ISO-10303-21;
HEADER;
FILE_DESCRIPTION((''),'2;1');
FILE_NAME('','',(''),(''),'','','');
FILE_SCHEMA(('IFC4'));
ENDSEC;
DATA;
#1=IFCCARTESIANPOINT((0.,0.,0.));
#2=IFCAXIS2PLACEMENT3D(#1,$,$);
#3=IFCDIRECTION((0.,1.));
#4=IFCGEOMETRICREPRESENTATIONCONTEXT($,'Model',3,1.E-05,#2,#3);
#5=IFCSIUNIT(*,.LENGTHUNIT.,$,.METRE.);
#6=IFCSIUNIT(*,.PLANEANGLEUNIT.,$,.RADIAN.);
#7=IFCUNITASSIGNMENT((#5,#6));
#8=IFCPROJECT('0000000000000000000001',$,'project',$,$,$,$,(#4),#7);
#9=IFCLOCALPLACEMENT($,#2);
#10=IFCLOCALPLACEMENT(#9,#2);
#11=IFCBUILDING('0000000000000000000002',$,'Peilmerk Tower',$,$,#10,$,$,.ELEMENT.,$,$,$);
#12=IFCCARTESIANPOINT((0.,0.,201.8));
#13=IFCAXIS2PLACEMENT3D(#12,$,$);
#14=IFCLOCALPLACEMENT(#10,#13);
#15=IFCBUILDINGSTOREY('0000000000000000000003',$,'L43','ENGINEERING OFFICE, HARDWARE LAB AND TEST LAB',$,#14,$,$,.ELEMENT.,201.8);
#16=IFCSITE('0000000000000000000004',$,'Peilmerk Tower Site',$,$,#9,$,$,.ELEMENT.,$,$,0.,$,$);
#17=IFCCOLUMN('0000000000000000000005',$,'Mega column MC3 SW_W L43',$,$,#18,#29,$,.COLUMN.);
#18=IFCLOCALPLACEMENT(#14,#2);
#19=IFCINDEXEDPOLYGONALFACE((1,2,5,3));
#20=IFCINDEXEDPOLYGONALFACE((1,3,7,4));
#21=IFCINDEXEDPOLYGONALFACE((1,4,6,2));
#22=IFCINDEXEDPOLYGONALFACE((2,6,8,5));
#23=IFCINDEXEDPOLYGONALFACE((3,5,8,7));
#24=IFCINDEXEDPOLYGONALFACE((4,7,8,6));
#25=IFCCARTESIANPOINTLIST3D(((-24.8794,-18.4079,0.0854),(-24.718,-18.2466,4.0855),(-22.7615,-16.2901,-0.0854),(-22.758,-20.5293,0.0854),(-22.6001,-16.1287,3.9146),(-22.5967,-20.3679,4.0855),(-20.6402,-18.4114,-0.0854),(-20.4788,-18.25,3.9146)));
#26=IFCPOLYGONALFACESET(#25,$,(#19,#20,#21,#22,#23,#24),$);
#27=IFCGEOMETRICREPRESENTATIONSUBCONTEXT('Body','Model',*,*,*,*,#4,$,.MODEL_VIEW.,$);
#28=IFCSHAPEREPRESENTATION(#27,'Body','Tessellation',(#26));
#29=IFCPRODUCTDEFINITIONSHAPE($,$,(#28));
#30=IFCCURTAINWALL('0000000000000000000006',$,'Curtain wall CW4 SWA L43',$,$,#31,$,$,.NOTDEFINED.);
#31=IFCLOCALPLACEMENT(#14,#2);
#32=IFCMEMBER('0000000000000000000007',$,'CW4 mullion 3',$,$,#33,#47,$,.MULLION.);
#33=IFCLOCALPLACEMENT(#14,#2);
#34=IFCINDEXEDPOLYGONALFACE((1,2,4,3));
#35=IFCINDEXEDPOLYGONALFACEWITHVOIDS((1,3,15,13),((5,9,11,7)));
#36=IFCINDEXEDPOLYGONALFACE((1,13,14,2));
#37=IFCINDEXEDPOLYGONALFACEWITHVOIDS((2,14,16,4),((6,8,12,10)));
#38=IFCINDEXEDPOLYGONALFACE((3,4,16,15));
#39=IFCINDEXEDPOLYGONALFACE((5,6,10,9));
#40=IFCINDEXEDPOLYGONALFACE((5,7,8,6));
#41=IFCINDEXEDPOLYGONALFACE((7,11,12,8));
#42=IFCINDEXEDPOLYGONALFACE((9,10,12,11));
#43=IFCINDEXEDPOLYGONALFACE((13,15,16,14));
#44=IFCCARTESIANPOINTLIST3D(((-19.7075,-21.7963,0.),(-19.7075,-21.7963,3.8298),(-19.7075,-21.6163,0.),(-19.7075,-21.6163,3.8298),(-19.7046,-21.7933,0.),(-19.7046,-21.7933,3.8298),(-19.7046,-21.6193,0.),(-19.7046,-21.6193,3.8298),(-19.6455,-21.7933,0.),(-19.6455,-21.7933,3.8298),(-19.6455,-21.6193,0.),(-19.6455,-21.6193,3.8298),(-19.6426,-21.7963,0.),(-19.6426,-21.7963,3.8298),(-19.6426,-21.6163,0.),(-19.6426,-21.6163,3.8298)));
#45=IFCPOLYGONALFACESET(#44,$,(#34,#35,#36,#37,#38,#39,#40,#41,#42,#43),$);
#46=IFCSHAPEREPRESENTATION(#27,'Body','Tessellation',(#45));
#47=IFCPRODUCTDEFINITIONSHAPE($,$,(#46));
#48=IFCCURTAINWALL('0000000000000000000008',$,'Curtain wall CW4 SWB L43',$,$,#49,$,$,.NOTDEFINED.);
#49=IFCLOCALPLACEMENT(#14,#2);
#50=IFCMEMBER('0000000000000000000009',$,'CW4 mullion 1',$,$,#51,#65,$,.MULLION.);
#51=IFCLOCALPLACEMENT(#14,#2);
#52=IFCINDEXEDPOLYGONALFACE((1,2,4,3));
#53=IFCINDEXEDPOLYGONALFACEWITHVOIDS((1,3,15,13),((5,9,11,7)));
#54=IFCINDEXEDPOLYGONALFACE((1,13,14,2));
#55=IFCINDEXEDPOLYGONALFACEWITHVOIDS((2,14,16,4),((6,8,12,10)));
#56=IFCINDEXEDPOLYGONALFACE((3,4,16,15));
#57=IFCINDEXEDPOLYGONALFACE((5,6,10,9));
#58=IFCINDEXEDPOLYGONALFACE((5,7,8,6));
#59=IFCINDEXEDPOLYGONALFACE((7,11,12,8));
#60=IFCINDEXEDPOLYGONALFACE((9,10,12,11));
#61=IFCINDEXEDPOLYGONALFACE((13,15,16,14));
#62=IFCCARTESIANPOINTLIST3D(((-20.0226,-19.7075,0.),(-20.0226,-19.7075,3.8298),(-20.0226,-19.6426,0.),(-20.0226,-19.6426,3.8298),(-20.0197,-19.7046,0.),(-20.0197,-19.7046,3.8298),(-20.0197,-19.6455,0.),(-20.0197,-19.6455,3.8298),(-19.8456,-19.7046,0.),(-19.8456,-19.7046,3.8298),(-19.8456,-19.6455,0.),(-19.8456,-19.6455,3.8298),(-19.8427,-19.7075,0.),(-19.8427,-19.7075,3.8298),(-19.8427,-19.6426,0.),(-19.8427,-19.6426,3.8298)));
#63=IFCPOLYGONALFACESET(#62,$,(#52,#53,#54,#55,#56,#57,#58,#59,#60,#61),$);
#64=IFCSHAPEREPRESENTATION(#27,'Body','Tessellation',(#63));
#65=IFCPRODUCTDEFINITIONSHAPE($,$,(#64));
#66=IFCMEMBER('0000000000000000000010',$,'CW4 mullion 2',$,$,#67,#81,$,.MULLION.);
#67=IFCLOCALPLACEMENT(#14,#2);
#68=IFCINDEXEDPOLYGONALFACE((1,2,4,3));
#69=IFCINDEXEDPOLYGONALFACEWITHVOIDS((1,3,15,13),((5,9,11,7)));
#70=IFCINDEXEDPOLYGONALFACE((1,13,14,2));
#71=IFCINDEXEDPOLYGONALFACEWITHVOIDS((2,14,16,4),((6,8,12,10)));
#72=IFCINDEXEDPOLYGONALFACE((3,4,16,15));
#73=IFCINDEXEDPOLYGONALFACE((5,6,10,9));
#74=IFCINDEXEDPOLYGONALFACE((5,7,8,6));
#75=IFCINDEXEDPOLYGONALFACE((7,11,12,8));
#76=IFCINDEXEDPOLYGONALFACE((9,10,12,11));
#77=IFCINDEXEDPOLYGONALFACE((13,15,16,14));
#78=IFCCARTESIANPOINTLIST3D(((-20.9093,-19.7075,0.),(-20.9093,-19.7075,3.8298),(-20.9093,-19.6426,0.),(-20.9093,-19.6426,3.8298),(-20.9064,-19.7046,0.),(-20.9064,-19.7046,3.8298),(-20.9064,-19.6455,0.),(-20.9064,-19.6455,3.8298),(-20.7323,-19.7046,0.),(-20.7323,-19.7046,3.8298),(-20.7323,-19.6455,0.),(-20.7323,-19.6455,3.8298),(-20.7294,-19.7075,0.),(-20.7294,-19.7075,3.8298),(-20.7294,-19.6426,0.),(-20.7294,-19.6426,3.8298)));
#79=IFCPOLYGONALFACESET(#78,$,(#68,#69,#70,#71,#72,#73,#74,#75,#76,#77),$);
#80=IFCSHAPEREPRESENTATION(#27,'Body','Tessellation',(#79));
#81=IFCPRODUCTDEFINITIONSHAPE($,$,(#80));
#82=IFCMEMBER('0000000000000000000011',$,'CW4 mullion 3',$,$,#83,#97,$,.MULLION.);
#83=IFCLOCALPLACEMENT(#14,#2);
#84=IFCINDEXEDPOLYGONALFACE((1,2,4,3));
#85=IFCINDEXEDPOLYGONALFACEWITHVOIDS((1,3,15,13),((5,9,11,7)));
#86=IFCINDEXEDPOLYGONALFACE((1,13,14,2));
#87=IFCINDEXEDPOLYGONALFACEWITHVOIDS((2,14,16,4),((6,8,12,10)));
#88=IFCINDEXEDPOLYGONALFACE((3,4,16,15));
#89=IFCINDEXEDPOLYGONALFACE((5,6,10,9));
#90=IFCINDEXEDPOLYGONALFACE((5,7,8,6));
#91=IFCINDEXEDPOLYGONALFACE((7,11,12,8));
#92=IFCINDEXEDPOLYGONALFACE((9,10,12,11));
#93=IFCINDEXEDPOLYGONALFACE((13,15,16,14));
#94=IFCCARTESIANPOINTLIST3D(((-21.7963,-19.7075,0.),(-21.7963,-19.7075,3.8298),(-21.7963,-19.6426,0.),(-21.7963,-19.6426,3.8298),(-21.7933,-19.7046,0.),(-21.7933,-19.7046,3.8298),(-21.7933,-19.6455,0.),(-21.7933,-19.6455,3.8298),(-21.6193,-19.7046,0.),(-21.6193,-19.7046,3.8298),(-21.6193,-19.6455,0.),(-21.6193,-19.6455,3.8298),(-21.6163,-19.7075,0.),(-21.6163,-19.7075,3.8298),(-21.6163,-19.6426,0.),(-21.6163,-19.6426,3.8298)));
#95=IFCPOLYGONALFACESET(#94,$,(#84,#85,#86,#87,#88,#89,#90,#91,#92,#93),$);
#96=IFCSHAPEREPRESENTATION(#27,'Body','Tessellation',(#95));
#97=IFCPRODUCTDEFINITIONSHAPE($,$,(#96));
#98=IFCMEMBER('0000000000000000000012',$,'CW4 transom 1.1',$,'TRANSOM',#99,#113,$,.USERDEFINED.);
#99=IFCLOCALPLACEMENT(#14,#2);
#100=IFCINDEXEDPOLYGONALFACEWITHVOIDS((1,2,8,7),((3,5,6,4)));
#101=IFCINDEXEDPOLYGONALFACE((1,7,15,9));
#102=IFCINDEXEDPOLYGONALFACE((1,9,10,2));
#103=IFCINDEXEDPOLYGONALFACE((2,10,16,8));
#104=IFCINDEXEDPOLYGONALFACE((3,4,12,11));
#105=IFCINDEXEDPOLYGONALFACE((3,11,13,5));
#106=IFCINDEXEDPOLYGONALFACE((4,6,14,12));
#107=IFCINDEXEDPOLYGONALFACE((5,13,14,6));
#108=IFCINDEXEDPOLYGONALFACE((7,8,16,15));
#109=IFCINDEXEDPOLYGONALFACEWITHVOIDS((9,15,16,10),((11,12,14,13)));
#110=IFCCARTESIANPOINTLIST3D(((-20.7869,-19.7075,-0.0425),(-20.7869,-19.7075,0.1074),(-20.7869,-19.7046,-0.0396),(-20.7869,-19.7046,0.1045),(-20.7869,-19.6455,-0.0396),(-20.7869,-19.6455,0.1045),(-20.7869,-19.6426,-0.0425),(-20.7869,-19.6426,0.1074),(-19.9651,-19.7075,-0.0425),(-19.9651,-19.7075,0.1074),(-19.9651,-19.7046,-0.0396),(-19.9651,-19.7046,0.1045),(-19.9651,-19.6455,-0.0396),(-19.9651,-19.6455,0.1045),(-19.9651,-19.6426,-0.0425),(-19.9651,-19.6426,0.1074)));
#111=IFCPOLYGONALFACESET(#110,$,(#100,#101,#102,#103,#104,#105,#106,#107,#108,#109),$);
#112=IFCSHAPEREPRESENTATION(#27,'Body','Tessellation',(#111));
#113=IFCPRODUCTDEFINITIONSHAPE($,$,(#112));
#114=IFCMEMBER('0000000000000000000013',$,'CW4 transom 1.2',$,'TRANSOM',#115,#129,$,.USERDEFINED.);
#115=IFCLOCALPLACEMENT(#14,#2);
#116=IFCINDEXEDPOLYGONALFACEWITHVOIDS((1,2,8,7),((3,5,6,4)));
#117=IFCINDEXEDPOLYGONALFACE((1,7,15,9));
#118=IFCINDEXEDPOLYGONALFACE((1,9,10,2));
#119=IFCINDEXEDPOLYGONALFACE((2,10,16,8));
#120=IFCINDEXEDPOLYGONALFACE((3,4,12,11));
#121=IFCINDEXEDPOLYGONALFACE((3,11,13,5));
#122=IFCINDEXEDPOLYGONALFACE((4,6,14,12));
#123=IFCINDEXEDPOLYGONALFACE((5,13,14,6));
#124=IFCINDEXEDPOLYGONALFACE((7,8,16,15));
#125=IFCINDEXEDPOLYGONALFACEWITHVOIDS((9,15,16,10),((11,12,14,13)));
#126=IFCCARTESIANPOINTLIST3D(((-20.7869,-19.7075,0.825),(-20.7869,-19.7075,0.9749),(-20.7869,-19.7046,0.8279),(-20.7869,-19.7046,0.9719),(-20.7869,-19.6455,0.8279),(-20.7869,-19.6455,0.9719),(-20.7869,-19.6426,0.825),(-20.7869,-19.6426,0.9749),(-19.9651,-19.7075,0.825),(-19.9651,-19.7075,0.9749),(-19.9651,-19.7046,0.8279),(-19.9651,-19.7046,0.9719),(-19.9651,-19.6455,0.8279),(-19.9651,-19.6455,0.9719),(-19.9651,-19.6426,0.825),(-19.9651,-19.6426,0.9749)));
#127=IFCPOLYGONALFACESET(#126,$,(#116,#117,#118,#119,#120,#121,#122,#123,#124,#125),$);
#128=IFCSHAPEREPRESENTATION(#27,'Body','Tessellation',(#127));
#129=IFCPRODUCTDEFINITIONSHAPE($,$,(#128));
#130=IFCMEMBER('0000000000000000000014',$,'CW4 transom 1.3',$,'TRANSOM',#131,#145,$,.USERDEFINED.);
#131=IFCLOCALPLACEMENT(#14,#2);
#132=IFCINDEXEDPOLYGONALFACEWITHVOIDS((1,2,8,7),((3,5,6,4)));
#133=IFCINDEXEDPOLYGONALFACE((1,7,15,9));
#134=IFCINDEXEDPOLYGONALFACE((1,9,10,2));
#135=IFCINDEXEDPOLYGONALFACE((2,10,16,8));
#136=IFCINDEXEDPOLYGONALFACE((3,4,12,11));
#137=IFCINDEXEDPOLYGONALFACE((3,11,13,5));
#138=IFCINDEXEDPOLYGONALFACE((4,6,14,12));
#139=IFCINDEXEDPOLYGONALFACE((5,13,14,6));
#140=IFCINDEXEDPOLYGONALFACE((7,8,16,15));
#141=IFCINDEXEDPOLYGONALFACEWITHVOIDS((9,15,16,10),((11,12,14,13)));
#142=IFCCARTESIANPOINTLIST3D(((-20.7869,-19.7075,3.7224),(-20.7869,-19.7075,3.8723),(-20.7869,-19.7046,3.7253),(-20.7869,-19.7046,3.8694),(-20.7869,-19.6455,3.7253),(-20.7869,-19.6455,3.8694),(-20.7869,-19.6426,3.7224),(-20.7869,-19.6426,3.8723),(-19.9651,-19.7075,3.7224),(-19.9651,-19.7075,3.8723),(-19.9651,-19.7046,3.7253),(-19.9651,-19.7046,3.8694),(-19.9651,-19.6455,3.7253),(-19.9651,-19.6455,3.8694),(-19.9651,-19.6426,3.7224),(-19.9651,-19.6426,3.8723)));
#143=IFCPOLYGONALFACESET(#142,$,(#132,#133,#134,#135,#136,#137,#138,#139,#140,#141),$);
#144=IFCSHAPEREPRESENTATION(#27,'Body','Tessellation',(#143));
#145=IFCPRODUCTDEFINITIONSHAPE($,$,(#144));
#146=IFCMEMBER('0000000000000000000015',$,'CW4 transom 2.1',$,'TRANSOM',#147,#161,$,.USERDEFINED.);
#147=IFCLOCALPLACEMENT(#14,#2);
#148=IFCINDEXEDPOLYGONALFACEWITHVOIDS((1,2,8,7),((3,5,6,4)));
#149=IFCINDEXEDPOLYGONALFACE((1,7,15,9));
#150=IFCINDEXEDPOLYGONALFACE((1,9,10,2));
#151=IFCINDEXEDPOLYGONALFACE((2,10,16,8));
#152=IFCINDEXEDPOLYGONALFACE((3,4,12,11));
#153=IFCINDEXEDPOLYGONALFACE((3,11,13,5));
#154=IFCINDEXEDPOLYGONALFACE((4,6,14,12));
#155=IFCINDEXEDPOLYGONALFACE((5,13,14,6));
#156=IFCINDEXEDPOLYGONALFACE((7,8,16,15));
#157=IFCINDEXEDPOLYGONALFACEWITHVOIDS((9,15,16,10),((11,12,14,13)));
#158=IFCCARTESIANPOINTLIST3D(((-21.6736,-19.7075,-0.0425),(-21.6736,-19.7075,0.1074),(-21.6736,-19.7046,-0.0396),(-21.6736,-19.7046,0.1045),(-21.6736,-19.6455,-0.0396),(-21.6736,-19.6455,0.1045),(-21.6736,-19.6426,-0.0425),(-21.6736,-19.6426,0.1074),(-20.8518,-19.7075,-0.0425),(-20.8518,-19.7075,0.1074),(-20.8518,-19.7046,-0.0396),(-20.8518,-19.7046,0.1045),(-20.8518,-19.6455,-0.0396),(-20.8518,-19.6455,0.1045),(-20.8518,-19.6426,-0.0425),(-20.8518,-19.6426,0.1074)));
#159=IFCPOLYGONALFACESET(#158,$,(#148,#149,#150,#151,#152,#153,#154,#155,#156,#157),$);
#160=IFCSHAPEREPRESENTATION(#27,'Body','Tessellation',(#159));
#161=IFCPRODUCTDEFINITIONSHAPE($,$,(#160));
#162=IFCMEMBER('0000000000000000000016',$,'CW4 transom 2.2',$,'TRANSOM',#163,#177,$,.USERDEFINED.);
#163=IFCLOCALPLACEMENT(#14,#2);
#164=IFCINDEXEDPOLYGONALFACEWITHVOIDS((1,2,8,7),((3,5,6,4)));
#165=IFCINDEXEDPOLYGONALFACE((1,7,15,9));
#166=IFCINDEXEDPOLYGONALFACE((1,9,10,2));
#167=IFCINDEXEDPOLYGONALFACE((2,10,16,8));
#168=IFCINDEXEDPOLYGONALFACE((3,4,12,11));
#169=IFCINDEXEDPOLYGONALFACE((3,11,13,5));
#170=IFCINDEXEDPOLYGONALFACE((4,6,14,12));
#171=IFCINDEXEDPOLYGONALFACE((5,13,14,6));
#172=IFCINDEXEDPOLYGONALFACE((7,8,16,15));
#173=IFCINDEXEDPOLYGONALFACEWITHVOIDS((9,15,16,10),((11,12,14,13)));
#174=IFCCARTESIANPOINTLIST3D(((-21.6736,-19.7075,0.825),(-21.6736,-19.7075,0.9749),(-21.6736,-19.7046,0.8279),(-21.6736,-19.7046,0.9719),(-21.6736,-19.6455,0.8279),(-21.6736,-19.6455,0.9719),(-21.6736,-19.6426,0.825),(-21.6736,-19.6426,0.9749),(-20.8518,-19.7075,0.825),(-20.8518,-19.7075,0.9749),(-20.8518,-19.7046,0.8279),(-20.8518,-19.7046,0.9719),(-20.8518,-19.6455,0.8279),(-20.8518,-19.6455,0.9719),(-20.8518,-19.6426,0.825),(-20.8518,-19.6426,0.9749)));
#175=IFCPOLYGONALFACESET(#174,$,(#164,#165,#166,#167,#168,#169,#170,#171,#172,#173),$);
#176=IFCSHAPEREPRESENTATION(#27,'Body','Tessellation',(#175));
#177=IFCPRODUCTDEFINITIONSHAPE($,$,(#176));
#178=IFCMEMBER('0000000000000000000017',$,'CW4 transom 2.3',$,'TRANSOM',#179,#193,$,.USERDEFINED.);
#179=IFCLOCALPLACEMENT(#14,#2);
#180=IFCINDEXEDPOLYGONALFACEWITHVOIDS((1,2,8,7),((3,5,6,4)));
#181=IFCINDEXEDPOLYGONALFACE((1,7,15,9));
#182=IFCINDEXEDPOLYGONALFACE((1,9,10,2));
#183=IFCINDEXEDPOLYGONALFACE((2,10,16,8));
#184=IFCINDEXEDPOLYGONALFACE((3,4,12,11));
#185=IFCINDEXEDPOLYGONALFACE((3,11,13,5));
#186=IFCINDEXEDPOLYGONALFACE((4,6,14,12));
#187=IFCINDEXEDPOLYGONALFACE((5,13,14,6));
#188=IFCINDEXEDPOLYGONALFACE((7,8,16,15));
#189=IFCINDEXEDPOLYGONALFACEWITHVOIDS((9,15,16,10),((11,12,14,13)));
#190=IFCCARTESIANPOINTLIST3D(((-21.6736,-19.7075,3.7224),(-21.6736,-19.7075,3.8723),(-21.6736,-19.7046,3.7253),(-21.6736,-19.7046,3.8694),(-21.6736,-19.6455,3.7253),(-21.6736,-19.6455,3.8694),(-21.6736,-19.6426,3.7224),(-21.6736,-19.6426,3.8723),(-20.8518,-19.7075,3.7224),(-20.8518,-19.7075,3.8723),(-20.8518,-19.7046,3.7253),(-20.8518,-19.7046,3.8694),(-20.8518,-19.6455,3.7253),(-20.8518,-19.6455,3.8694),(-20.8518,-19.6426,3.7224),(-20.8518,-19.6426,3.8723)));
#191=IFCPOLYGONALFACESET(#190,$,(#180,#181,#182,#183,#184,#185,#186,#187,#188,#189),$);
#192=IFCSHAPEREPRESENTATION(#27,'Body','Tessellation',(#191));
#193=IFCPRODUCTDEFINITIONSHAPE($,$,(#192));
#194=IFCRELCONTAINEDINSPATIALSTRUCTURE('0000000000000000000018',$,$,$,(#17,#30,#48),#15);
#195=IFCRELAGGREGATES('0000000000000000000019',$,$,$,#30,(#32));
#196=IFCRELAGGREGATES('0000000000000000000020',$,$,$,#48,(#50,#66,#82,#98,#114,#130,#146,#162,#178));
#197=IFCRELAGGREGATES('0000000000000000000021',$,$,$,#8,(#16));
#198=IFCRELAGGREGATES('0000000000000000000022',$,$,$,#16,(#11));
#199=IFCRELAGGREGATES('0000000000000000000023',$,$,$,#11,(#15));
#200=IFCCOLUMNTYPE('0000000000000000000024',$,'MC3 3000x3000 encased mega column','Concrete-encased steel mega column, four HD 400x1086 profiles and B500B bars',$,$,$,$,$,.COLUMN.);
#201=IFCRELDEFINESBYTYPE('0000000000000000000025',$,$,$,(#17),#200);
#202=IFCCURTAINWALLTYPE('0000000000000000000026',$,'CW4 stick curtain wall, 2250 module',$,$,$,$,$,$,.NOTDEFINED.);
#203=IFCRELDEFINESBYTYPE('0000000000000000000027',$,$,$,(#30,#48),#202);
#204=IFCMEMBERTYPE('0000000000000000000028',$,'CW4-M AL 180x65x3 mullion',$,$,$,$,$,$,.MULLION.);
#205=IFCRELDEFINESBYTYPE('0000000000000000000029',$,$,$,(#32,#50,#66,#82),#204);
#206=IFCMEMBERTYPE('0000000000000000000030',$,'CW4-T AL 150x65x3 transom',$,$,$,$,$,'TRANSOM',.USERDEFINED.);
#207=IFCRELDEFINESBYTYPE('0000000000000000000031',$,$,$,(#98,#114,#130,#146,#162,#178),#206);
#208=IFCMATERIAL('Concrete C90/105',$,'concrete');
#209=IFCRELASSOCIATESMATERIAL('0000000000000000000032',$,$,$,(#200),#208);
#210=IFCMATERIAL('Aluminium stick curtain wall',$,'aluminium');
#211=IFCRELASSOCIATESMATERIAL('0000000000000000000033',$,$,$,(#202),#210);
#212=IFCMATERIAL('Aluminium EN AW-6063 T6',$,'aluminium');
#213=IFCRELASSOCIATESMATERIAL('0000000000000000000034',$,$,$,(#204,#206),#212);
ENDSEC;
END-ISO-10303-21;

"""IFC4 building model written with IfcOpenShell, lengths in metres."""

from ifc_helpers import new_model, si_unit, direction, frame, origin, origin_2d, place, context, subcontext, project, spatial, rectangle, hollow_rectangle, extrude, material, material_profile, profile_set, type_object, element, aggregate, save


model = new_model("IFC4")

# Units and contexts
model_context = context("Model", 3, precision=1e-05, world=origin(), true_north=direction((0.0, 1.0)))
body_context = subcontext(model_context, "Body", "Model", "MODEL_VIEW")
ifc_project = project(units=[si_unit("LENGTHUNIT", "METRE"), si_unit("PLANEANGLEUNIT", "RADIAN")], contexts=[model_context])

# Site, building, storey
site_placement = place(None, origin())
site = spatial("IfcSite", under=ifc_project, at=site_placement, Name="Peilmerk Tower Site", CompositionType="ELEMENT", RefElevation=0.0)
building_placement = place(site_placement, origin())
building = spatial("IfcBuilding", under=site, at=building_placement, Name="Peilmerk Tower", CompositionType="ELEMENT")
storey_placement = place(building_placement, frame((0.0, 0.0, 201.8)))
storey = spatial("IfcBuildingStorey", under=building, at=storey_placement, Name="L43", Description="ENGINEERING OFFICE, HARDWARE LAB AND TEST LAB", CompositionType="ELEMENT", Elevation=201.8)

# Column
ifc_material_1 = material(Name="Concrete C90/105", Category="concrete")
ifc_material_profile_1 = material_profile(ifc_material_1, rectangle(XDim=3.0, YDim=3.0, at=origin_2d()), Name="RC 3000x3000")
ifc_profile_set_1 = profile_set([ifc_material_profile_1], Name="Concrete C90/105")
column_type = type_object("IfcColumnType", Name="MC3 3000x3000 encased mega column", Description="Concrete-encased steel mega column, four HD 400x1086 profiles and B500B bars", PredefinedType="COLUMN", material=ifc_profile_set_1)
column_placement = place(storey_placement, frame((-22.7598, -18.4097, 0.0), z_axis=(0.040279, 0.040279, 0.998376), x_axis=(-0.707107, 0.707107, 0.0)))
element("IfcColumn", 1, at=column_placement, inside=storey, type_object=column_type, Name="Mega column MC3 SW_W L43", PredefinedType="COLUMN", context=body_context, shape_type="SweptSolid", body=[
    extrude(rectangle(XDim=3.0, YDim=3.0, at=origin_2d()), origin(), (0.0, 0.0, 1.0), 4.0066),
])

# Curtain wall, member
ifc_material_2 = material(Name="Aluminium stick curtain wall", Category="aluminium")
curtain_wall_type = type_object("IfcCurtainWallType", Name="CW4 stick curtain wall, 2250 module", PredefinedType="NOTDEFINED", material=ifc_material_2)
curtain_wall_1_placement = place(storey_placement, origin())
curtain_wall_1 = element("IfcCurtainWall", 2, at=curtain_wall_1_placement, inside=storey, type_object=curtain_wall_type, Name="Curtain wall CW4 SWA L43", PredefinedType="NOTDEFINED")
ifc_material_3 = material(Name="Aluminium EN AW-6063 T6", Category="aluminium")
ifc_material_profile_2 = material_profile(ifc_material_3, hollow_rectangle(XDim=0.0649, YDim=0.1799, WallThickness=0.0029, at=origin_2d()), Name="AL 180x65x3")
ifc_profile_set_2 = profile_set([ifc_material_profile_2], Name="Aluminium EN AW-6063 T6")
member_type_1 = type_object("IfcMemberType", Name="CW4-M AL 180x65x3 mullion", PredefinedType="MULLION", material=ifc_profile_set_2)
member_1_placement = place(storey_placement, frame((-19.675, -21.7063, 0.0), z_axis=(0.0, 0.0, 1.0), x_axis=(1.0, 0.0, 0.0)))
member_1 = element("IfcMember", 3, at=member_1_placement, type_object=member_type_1, Name="CW4 mullion 3", PredefinedType="MULLION", context=body_context, shape_type="SweptSolid", body=[
    extrude(hollow_rectangle(XDim=0.0649, YDim=0.1799, WallThickness=0.0029, at=origin_2d()), origin(), (0.0, 0.0, 1.0), 3.8298),
])

# Curtain wall, members
curtain_wall_2_placement = place(storey_placement, origin())
curtain_wall_2 = element("IfcCurtainWall", 4, at=curtain_wall_2_placement, inside=storey, type_object=curtain_wall_type, Name="Curtain wall CW4 SWB L43", PredefinedType="NOTDEFINED")
member_2_placement = place(storey_placement, frame((-19.9326, -19.675, 0.0), z_axis=(0.0, 0.0, 1.0), x_axis=(0.0, -1.0, 0.0)))
member_2 = element("IfcMember", 5, at=member_2_placement, type_object=member_type_1, Name="CW4 mullion 1", PredefinedType="MULLION", context=body_context, shape_type="SweptSolid", body=[
    extrude(hollow_rectangle(XDim=0.0649, YDim=0.1799, WallThickness=0.0029, at=origin_2d()), origin(), (0.0, 0.0, 1.0), 3.8298),
])
member_3_placement = place(storey_placement, frame((-20.8193, -19.675, 0.0), z_axis=(0.0, 0.0, 1.0), x_axis=(0.0, -1.0, 0.0)))
member_3 = element("IfcMember", 6, at=member_3_placement, type_object=member_type_1, Name="CW4 mullion 2", PredefinedType="MULLION", context=body_context, shape_type="SweptSolid", body=[
    extrude(hollow_rectangle(XDim=0.0649, YDim=0.1799, WallThickness=0.0029, at=origin_2d()), origin(), (0.0, 0.0, 1.0), 3.8298),
])
member_4_placement = place(storey_placement, frame((-21.7063, -19.675, 0.0), z_axis=(0.0, 0.0, 1.0), x_axis=(0.0, -1.0, 0.0)))
member_4 = element("IfcMember", 7, at=member_4_placement, type_object=member_type_1, Name="CW4 mullion 3", PredefinedType="MULLION", context=body_context, shape_type="SweptSolid", body=[
    extrude(hollow_rectangle(XDim=0.0649, YDim=0.1799, WallThickness=0.0029, at=origin_2d()), origin(), (0.0, 0.0, 1.0), 3.8298),
])
ifc_material_profile_3 = material_profile(ifc_material_3, hollow_rectangle(XDim=0.0649, YDim=0.1499, WallThickness=0.0029, at=origin_2d()), Name="AL 150x65x3")
ifc_profile_set_3 = profile_set([ifc_material_profile_3], Name="Aluminium EN AW-6063 T6")
member_type_2 = type_object("IfcMemberType", Name="CW4-T AL 150x65x3 transom", ElementType="TRANSOM", PredefinedType="USERDEFINED", material=ifc_profile_set_3)
member_5_placement = place(storey_placement, frame((-19.9651, -19.675, 0.0325), z_axis=(-1.0, 0.0, 0.0), x_axis=(0.0, -1.0, 0.0)))
member_5 = element("IfcMember", 8, at=member_5_placement, type_object=member_type_2, Name="CW4 transom 1.1", ObjectType="TRANSOM", PredefinedType="USERDEFINED", context=body_context, shape_type="SweptSolid", body=[
    extrude(hollow_rectangle(XDim=0.0649, YDim=0.1499, WallThickness=0.0029, at=origin_2d()), origin(), (0.0, 0.0, 1.0), 0.8218),
])
member_6_placement = place(storey_placement, frame((-19.9651, -19.675, 0.8999), z_axis=(-1.0, 0.0, 0.0), x_axis=(0.0, -1.0, 0.0)))
member_6 = element("IfcMember", 9, at=member_6_placement, type_object=member_type_2, Name="CW4 transom 1.2", ObjectType="TRANSOM", PredefinedType="USERDEFINED", context=body_context, shape_type="SweptSolid", body=[
    extrude(hollow_rectangle(XDim=0.0649, YDim=0.1499, WallThickness=0.0029, at=origin_2d()), origin(), (0.0, 0.0, 1.0), 0.8218),
])
member_7_placement = place(storey_placement, frame((-19.9651, -19.675, 3.7974), z_axis=(-1.0, 0.0, 0.0), x_axis=(0.0, -1.0, 0.0)))
member_7 = element("IfcMember", 10, at=member_7_placement, type_object=member_type_2, Name="CW4 transom 1.3", ObjectType="TRANSOM", PredefinedType="USERDEFINED", context=body_context, shape_type="SweptSolid", body=[
    extrude(hollow_rectangle(XDim=0.0649, YDim=0.1499, WallThickness=0.0029, at=origin_2d()), origin(), (0.0, 0.0, 1.0), 0.8218),
])
member_8_placement = place(storey_placement, frame((-20.8518, -19.675, 0.0325), z_axis=(-1.0, 0.0, 0.0), x_axis=(0.0, -1.0, 0.0)))
member_8 = element("IfcMember", 11, at=member_8_placement, type_object=member_type_2, Name="CW4 transom 2.1", ObjectType="TRANSOM", PredefinedType="USERDEFINED", context=body_context, shape_type="SweptSolid", body=[
    extrude(hollow_rectangle(XDim=0.0649, YDim=0.1499, WallThickness=0.0029, at=origin_2d()), origin(), (0.0, 0.0, 1.0), 0.8218),
])
member_9_placement = place(storey_placement, frame((-20.8518, -19.675, 0.8999), z_axis=(-1.0, 0.0, 0.0), x_axis=(0.0, -1.0, 0.0)))
member_9 = element("IfcMember", 12, at=member_9_placement, type_object=member_type_2, Name="CW4 transom 2.2", ObjectType="TRANSOM", PredefinedType="USERDEFINED", context=body_context, shape_type="SweptSolid", body=[
    extrude(hollow_rectangle(XDim=0.0649, YDim=0.1499, WallThickness=0.0029, at=origin_2d()), origin(), (0.0, 0.0, 1.0), 0.8218),
])
member_10_placement = place(storey_placement, frame((-20.8518, -19.675, 3.7974), z_axis=(-1.0, 0.0, 0.0), x_axis=(0.0, -1.0, 0.0)))
member_10 = element("IfcMember", 13, at=member_10_placement, type_object=member_type_2, Name="CW4 transom 2.3", ObjectType="TRANSOM", PredefinedType="USERDEFINED", context=body_context, shape_type="SweptSolid", body=[
    extrude(hollow_rectangle(XDim=0.0649, YDim=0.1499, WallThickness=0.0029, at=origin_2d()), origin(), (0.0, 0.0, 1.0), 0.8218),
])

aggregate(curtain_wall_1, [member_1])
aggregate(curtain_wall_2, [member_2, member_3, member_4, member_5, member_6, member_7, member_8, member_9, member_10])

save(model, "model.ifc")
